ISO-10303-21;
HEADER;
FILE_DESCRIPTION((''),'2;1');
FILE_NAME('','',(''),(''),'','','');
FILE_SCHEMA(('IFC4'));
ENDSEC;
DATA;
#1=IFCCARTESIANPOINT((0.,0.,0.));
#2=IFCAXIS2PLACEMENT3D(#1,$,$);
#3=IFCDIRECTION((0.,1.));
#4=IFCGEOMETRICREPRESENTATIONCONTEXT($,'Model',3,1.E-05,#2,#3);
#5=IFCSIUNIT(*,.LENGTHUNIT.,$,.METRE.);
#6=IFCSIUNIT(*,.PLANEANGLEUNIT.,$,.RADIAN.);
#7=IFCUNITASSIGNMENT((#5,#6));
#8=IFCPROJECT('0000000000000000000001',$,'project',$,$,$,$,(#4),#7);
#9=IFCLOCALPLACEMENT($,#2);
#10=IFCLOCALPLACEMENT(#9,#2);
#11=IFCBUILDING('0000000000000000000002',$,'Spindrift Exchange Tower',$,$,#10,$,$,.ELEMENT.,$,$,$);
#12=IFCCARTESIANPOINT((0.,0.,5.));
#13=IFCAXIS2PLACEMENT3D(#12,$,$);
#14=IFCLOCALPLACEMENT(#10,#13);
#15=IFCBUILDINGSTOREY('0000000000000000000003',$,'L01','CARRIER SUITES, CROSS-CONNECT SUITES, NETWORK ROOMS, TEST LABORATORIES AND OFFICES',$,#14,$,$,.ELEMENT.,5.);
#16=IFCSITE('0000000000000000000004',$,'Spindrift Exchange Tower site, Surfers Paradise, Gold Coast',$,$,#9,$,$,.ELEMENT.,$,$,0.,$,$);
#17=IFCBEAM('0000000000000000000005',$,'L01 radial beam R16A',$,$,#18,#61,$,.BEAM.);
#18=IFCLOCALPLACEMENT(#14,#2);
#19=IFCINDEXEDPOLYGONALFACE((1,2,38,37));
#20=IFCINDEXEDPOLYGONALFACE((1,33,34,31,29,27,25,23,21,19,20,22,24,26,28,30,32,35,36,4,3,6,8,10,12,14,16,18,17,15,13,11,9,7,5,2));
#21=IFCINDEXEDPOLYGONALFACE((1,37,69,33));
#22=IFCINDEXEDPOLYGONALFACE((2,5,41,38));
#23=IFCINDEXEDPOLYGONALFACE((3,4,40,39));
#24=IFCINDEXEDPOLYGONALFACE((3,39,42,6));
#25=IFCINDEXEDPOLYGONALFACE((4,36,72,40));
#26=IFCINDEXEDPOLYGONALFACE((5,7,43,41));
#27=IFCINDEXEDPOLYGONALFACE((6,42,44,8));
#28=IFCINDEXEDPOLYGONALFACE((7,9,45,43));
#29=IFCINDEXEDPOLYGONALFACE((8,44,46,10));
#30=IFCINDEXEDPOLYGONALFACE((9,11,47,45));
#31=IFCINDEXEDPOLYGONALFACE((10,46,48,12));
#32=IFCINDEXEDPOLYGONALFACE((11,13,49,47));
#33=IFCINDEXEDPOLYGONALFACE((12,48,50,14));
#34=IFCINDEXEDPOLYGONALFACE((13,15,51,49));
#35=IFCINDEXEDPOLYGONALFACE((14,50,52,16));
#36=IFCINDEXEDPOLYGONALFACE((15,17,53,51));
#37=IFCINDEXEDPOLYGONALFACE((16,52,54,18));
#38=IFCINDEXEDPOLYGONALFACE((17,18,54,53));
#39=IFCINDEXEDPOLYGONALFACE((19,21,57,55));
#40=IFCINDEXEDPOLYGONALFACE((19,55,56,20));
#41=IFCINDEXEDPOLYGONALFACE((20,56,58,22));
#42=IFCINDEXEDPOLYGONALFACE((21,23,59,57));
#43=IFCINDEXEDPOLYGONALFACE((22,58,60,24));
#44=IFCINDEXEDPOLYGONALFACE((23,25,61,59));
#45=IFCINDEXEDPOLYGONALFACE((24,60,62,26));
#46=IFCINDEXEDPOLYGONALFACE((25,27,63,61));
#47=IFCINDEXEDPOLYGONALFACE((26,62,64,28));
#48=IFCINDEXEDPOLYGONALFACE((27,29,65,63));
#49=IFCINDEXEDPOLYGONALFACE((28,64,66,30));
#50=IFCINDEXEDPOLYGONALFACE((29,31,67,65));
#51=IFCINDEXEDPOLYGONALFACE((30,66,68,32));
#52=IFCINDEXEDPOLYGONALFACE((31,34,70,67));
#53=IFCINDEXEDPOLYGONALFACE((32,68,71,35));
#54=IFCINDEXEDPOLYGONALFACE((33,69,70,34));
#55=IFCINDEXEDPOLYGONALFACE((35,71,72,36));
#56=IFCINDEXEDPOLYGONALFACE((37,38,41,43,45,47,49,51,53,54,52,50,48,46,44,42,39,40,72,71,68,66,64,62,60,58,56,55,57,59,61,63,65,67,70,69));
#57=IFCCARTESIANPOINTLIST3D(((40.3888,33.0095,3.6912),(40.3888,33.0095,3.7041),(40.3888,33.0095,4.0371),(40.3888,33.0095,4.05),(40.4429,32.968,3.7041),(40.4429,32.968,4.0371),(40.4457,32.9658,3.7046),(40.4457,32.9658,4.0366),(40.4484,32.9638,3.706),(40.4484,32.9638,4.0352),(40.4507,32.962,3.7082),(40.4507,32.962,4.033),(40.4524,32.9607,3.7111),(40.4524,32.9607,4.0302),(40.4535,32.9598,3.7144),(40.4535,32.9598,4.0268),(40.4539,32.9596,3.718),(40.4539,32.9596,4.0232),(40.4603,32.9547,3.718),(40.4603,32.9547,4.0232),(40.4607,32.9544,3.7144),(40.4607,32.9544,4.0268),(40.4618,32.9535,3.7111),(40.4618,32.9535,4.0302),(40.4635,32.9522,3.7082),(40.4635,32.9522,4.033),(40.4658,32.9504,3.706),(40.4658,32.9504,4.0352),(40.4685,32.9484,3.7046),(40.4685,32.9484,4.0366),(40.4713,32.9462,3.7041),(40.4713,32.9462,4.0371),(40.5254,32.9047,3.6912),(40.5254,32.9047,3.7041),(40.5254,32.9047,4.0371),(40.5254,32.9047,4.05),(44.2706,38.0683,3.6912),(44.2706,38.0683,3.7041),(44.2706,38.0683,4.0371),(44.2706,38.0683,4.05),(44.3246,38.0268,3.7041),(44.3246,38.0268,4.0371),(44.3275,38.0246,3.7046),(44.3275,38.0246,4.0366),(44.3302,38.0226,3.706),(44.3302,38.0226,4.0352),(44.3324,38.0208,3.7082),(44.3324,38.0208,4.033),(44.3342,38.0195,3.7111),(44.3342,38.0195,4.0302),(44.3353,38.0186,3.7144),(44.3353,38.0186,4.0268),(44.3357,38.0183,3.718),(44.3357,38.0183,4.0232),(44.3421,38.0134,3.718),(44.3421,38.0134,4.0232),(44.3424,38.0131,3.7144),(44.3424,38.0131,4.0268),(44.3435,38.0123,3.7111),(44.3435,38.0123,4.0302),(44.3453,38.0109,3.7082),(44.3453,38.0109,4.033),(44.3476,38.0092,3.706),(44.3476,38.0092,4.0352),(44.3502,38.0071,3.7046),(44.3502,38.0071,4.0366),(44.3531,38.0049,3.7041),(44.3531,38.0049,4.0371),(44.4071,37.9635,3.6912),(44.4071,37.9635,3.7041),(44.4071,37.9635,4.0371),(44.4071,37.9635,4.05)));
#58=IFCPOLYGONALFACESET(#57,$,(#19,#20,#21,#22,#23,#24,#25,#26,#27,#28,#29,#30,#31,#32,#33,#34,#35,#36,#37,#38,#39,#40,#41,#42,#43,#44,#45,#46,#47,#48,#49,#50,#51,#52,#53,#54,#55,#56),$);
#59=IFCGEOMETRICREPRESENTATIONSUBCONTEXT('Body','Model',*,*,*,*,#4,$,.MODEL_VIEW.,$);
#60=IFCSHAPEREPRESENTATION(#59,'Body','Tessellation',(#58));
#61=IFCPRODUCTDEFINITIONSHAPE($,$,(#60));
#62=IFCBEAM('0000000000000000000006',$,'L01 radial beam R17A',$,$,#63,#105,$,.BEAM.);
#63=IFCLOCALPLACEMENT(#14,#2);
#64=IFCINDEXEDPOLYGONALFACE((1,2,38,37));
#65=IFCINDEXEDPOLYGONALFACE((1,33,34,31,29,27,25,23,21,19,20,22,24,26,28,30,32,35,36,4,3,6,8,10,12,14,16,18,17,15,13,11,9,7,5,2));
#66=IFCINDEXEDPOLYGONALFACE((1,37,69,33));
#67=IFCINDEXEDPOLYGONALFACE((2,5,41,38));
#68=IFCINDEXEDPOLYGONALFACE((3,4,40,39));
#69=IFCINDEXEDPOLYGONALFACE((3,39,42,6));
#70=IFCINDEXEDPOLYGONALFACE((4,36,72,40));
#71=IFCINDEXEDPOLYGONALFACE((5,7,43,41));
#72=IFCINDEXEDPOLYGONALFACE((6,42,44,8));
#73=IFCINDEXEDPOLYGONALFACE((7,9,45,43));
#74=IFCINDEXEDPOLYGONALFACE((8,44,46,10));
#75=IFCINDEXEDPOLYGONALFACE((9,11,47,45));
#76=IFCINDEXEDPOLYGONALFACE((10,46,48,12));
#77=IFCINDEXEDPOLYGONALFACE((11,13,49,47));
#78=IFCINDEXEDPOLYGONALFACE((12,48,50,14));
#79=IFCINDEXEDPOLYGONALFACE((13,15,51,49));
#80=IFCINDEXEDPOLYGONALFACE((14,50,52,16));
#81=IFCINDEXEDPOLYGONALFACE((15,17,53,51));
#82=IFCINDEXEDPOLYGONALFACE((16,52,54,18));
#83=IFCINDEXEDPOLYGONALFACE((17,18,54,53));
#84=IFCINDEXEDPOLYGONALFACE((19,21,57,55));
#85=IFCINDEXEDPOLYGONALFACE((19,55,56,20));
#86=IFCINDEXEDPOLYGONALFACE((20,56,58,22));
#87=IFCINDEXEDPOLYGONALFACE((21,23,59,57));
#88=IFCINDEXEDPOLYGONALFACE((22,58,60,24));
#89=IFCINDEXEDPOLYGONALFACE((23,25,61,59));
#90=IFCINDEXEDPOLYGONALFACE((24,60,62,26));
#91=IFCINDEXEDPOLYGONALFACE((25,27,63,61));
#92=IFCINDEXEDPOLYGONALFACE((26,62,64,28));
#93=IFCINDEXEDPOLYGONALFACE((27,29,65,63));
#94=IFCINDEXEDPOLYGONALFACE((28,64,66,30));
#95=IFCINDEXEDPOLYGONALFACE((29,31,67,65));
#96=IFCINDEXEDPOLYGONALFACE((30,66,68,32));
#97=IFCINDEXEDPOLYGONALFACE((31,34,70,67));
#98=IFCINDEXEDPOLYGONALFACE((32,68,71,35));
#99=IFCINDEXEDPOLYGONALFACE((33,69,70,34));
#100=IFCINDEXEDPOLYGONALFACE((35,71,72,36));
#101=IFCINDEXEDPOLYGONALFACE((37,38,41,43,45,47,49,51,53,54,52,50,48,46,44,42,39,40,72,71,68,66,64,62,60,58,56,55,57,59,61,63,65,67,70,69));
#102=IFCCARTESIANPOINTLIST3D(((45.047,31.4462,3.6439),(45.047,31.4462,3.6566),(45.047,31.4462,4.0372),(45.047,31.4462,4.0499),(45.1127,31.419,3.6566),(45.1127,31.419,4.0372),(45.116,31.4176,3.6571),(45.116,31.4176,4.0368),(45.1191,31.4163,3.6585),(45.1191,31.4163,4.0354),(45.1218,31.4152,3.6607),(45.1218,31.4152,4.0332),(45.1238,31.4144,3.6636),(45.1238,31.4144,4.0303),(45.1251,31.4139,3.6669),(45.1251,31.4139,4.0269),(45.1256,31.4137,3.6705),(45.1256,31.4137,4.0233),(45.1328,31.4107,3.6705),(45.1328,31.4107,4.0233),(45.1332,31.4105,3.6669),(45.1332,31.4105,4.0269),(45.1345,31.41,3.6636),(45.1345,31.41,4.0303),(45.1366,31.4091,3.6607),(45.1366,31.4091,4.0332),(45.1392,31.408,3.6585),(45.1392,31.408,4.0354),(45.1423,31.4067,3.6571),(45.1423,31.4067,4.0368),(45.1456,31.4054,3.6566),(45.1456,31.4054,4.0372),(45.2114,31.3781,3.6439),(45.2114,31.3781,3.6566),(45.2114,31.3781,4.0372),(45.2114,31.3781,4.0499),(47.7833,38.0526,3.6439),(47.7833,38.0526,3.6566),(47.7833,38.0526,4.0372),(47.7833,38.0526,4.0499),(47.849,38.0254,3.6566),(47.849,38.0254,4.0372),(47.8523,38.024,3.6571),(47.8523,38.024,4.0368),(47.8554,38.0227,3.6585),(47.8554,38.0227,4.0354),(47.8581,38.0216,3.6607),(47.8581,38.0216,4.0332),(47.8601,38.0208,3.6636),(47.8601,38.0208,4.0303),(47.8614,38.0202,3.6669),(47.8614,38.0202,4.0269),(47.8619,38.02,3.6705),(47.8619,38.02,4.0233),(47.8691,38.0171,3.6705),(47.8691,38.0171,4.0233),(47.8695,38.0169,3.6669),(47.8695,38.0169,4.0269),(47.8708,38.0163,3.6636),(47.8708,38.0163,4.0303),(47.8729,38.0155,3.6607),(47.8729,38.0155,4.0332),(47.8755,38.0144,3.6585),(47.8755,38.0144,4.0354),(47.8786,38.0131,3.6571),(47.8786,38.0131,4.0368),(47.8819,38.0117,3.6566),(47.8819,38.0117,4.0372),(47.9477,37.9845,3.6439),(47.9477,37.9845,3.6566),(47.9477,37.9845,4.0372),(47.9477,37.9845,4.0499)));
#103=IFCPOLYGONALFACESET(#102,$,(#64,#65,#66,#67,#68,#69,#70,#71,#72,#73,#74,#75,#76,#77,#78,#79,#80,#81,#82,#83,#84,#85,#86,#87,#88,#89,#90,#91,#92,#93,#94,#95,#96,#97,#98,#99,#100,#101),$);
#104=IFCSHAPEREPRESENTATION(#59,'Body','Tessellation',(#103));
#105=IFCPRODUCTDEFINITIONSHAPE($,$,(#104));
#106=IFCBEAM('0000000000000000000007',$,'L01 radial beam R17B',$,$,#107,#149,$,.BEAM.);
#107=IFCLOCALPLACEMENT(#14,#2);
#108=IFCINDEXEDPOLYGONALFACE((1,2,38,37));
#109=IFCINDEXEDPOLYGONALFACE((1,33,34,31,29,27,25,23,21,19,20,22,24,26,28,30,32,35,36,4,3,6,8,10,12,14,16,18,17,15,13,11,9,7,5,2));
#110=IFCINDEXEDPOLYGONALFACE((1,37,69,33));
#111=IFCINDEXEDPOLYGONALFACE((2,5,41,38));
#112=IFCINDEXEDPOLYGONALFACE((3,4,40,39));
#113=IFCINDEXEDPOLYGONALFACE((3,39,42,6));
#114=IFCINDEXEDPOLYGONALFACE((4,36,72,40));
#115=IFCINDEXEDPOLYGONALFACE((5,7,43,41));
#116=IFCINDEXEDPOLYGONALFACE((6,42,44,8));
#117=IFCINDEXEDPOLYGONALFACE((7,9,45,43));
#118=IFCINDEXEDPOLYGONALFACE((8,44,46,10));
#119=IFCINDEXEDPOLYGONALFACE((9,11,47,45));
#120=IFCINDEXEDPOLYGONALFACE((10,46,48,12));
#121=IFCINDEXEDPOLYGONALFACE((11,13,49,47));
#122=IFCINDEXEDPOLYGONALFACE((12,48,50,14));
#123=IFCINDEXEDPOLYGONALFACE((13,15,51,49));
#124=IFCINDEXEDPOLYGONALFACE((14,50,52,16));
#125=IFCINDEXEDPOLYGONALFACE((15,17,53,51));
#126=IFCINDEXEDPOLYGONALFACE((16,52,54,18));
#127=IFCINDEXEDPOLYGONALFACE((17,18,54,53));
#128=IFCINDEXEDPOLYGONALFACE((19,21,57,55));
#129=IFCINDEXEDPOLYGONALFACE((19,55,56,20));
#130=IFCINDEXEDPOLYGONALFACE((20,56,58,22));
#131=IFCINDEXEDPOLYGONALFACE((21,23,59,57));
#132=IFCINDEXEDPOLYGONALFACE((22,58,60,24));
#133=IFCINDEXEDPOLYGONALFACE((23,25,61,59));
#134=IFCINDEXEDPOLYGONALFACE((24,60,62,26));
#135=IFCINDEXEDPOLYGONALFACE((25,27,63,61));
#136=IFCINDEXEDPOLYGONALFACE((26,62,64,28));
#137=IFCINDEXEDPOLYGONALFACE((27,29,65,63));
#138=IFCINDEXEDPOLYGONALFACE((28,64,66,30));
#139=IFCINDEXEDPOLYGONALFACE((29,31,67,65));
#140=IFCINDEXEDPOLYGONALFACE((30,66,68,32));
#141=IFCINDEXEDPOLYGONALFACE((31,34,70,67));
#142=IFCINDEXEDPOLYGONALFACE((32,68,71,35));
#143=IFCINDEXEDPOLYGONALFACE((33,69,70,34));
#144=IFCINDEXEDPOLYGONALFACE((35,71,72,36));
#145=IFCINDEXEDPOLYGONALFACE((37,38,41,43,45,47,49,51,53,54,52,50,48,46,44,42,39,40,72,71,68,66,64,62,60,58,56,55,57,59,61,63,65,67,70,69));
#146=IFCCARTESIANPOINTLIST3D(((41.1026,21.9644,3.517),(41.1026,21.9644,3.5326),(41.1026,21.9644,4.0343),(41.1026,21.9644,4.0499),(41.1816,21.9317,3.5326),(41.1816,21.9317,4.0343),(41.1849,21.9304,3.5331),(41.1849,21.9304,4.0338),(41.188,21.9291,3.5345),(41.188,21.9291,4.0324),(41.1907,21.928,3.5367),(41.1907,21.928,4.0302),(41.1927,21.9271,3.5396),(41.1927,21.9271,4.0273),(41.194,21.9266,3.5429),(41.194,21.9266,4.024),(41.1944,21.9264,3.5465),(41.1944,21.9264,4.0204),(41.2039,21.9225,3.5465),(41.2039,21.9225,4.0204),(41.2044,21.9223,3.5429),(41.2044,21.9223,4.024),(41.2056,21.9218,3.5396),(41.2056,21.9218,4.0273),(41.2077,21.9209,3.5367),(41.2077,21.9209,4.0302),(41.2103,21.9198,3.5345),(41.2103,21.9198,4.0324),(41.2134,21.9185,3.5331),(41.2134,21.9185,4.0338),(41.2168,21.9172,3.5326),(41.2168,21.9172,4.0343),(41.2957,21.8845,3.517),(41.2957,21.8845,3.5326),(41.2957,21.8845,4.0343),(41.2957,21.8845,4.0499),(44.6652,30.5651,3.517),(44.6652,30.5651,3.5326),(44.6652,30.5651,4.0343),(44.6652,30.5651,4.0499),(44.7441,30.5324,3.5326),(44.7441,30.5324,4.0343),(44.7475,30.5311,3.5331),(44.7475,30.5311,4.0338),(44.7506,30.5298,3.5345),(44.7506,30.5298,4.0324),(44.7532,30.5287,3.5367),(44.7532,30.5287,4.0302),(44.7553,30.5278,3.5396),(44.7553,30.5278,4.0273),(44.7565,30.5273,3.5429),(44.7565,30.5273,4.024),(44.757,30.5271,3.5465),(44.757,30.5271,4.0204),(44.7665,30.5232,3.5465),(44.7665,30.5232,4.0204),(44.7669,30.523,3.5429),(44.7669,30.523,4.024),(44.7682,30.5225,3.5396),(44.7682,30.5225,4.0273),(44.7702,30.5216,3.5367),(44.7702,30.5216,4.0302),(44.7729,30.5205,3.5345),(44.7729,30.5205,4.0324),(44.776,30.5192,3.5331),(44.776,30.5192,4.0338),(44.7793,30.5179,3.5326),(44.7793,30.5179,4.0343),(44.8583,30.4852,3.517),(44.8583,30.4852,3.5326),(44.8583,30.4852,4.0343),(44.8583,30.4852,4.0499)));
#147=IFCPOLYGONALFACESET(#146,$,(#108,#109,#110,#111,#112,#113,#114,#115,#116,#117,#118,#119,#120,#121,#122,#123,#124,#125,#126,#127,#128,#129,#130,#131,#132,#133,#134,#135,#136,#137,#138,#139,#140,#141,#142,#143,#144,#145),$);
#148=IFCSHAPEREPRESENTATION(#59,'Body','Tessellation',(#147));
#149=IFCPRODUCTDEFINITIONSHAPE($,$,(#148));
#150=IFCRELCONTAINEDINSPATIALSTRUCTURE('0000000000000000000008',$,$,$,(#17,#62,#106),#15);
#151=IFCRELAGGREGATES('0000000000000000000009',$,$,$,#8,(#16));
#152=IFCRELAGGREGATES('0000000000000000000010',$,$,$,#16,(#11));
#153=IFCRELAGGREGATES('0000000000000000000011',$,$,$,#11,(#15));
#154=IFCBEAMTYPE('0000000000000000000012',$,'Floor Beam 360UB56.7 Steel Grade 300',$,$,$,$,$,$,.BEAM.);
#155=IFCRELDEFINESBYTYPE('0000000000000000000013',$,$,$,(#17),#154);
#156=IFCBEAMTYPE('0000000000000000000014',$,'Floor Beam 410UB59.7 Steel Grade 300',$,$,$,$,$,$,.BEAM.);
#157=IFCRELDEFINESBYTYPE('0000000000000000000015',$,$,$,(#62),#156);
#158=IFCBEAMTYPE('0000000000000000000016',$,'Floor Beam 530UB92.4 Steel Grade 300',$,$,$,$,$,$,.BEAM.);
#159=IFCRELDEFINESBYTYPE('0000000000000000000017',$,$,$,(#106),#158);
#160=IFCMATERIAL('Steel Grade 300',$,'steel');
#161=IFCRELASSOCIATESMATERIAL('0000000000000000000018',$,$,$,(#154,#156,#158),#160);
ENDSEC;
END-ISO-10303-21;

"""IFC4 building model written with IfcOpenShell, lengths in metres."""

from ifc_helpers import new_model, si_unit, direction, frame, origin, origin_2d, place, context, subcontext, project, spatial, i_section, extrude, source, transform, mapped, material, material_profile, profile_set, type_object, element, save


model = new_model("IFC4")

# Units and contexts
model_context = context("Model", 3, precision=1e-05, world=origin(), true_north=direction((0.0, 1.0)))
body_context = subcontext(model_context, "Body", "Model", "MODEL_VIEW")
ifc_project = project(units=[si_unit("LENGTHUNIT", "METRE"), si_unit("PLANEANGLEUNIT", "RADIAN")], contexts=[model_context])

# Site, building, storey
site_placement = place(None, origin())
site = spatial("IfcSite", under=ifc_project, at=site_placement, Name="Spindrift Exchange Tower site, Surfers Paradise, Gold Coast", CompositionType="ELEMENT", RefElevation=0.0)
building_placement = place(site_placement, origin())
building = spatial("IfcBuilding", under=site, at=building_placement, Name="Spindrift Exchange Tower", CompositionType="ELEMENT")
storey_placement = place(building_placement, frame((0.0, 0.0, 5.0)))
storey = spatial("IfcBuildingStorey", under=building, at=storey_placement, Name="L01", Description="CARRIER SUITES, CROSS-CONNECT SUITES, NETWORK ROOMS, TEST LABORATORIES AND OFFICES", CompositionType="ELEMENT", Elevation=5.0)

# Beams
ifc_material_1 = material(Name="Steel Grade 300", Category="steel")
ifc_material_profile_1 = material_profile(ifc_material_1, i_section(OverallWidth=0.1721, OverallDepth=0.3589, WebThickness=0.0081, FlangeThickness=0.0129, FilletRadius=0.0139, at=origin_2d()), Name="360UB56.7")
ifc_profile_set_1 = profile_set([ifc_material_profile_1], Name="Steel Grade 300")
beam_type_1 = type_object("IfcBeamType", Name="Floor Beam 360UB56.7 Steel Grade 300", PredefinedType="BEAM", material=ifc_profile_set_1)
shared_shape_1 = source(origin(), body_context, "Body", "SweptSolid", [
    extrude(i_section(OverallWidth=0.1721, OverallDepth=0.3589, WebThickness=0.0081, FlangeThickness=0.0129, FilletRadius=0.0139, at=origin_2d()), origin(), (0.0, 0.0, 1.0), 6.3765),
])
beam_1_placement = place(storey_placement, frame((44.3389, 38.0159, 3.8706), z_axis=(-0.608767, -0.793349, 0.0), x_axis=(0.793349, -0.608767, 0.0)))
element("IfcBeam", 1, at=beam_1_placement, inside=storey, type_object=beam_type_1, Name="L01 radial beam R16A", PredefinedType="BEAM", context=body_context, shape_type="MappedRepresentation", body=[
    mapped(shared_shape_1, transform((0.0, 0.0, 0.0), scale=1.0)),
])
ifc_material_profile_2 = material_profile(ifc_material_1, i_section(OverallWidth=0.178, OverallDepth=0.406, WebThickness=0.0078, FlangeThickness=0.0127, FilletRadius=0.0139, at=origin_2d()), Name="410UB59.7")
ifc_profile_set_2 = profile_set([ifc_material_profile_2], Name="Steel Grade 300")
beam_type_2 = type_object("IfcBeamType", Name="Floor Beam 410UB59.7 Steel Grade 300", PredefinedType="BEAM", material=ifc_profile_set_2)
shared_shape_2 = source(origin(), body_context, "Body", "SweptSolid", [
    extrude(i_section(OverallWidth=0.178, OverallDepth=0.406, WebThickness=0.0078, FlangeThickness=0.0127, FilletRadius=0.0139, at=origin_2d()), origin(), (0.0, 0.0, 1.0), 7.1506),
])
beam_2_placement = place(storey_placement, frame((47.8655, 38.0186, 3.8469), z_axis=(-0.382665, -0.923887, 0.0), x_axis=(0.923887, -0.382665, 0.0)))
element("IfcBeam", 2, at=beam_2_placement, inside=storey, type_object=beam_type_2, Name="L01 radial beam R17A", PredefinedType="BEAM", context=body_context, shape_type="MappedRepresentation", body=[
    mapped(shared_shape_2, transform((0.0, 0.0, 0.0), scale=1.0)),
])
ifc_material_profile_3 = material_profile(ifc_material_1, i_section(OverallWidth=0.209, OverallDepth=0.533, WebThickness=0.0103, FlangeThickness=0.0156, FilletRadius=0.0139, at=origin_2d()), Name="530UB92.4")
ifc_profile_set_3 = profile_set([ifc_material_profile_3], Name="Steel Grade 300")
beam_type_3 = type_object("IfcBeamType", Name="Floor Beam 530UB92.4 Steel Grade 300", PredefinedType="BEAM", material=ifc_profile_set_3)
shared_shape_3 = source(origin(), body_context, "Body", "SweptSolid", [
    extrude(i_section(OverallWidth=0.209, OverallDepth=0.533, WebThickness=0.0103, FlangeThickness=0.0156, FilletRadius=0.0139, at=origin_2d()), origin(), (0.0, 0.0, 1.0), 9.3093),
])
beam_3_placement = place(storey_placement, frame((44.7617, 30.5251, 3.7834), z_axis=(-0.382685, -0.923879, 0.0), x_axis=(0.923879, -0.382685, 0.0)))
element("IfcBeam", 3, at=beam_3_placement, inside=storey, type_object=beam_type_3, Name="L01 radial beam R17B", PredefinedType="BEAM", context=body_context, shape_type="MappedRepresentation", body=[
    mapped(shared_shape_3, transform((0.0, 0.0, 0.0), scale=1.0)),
])

save(model, "model.ifc")
